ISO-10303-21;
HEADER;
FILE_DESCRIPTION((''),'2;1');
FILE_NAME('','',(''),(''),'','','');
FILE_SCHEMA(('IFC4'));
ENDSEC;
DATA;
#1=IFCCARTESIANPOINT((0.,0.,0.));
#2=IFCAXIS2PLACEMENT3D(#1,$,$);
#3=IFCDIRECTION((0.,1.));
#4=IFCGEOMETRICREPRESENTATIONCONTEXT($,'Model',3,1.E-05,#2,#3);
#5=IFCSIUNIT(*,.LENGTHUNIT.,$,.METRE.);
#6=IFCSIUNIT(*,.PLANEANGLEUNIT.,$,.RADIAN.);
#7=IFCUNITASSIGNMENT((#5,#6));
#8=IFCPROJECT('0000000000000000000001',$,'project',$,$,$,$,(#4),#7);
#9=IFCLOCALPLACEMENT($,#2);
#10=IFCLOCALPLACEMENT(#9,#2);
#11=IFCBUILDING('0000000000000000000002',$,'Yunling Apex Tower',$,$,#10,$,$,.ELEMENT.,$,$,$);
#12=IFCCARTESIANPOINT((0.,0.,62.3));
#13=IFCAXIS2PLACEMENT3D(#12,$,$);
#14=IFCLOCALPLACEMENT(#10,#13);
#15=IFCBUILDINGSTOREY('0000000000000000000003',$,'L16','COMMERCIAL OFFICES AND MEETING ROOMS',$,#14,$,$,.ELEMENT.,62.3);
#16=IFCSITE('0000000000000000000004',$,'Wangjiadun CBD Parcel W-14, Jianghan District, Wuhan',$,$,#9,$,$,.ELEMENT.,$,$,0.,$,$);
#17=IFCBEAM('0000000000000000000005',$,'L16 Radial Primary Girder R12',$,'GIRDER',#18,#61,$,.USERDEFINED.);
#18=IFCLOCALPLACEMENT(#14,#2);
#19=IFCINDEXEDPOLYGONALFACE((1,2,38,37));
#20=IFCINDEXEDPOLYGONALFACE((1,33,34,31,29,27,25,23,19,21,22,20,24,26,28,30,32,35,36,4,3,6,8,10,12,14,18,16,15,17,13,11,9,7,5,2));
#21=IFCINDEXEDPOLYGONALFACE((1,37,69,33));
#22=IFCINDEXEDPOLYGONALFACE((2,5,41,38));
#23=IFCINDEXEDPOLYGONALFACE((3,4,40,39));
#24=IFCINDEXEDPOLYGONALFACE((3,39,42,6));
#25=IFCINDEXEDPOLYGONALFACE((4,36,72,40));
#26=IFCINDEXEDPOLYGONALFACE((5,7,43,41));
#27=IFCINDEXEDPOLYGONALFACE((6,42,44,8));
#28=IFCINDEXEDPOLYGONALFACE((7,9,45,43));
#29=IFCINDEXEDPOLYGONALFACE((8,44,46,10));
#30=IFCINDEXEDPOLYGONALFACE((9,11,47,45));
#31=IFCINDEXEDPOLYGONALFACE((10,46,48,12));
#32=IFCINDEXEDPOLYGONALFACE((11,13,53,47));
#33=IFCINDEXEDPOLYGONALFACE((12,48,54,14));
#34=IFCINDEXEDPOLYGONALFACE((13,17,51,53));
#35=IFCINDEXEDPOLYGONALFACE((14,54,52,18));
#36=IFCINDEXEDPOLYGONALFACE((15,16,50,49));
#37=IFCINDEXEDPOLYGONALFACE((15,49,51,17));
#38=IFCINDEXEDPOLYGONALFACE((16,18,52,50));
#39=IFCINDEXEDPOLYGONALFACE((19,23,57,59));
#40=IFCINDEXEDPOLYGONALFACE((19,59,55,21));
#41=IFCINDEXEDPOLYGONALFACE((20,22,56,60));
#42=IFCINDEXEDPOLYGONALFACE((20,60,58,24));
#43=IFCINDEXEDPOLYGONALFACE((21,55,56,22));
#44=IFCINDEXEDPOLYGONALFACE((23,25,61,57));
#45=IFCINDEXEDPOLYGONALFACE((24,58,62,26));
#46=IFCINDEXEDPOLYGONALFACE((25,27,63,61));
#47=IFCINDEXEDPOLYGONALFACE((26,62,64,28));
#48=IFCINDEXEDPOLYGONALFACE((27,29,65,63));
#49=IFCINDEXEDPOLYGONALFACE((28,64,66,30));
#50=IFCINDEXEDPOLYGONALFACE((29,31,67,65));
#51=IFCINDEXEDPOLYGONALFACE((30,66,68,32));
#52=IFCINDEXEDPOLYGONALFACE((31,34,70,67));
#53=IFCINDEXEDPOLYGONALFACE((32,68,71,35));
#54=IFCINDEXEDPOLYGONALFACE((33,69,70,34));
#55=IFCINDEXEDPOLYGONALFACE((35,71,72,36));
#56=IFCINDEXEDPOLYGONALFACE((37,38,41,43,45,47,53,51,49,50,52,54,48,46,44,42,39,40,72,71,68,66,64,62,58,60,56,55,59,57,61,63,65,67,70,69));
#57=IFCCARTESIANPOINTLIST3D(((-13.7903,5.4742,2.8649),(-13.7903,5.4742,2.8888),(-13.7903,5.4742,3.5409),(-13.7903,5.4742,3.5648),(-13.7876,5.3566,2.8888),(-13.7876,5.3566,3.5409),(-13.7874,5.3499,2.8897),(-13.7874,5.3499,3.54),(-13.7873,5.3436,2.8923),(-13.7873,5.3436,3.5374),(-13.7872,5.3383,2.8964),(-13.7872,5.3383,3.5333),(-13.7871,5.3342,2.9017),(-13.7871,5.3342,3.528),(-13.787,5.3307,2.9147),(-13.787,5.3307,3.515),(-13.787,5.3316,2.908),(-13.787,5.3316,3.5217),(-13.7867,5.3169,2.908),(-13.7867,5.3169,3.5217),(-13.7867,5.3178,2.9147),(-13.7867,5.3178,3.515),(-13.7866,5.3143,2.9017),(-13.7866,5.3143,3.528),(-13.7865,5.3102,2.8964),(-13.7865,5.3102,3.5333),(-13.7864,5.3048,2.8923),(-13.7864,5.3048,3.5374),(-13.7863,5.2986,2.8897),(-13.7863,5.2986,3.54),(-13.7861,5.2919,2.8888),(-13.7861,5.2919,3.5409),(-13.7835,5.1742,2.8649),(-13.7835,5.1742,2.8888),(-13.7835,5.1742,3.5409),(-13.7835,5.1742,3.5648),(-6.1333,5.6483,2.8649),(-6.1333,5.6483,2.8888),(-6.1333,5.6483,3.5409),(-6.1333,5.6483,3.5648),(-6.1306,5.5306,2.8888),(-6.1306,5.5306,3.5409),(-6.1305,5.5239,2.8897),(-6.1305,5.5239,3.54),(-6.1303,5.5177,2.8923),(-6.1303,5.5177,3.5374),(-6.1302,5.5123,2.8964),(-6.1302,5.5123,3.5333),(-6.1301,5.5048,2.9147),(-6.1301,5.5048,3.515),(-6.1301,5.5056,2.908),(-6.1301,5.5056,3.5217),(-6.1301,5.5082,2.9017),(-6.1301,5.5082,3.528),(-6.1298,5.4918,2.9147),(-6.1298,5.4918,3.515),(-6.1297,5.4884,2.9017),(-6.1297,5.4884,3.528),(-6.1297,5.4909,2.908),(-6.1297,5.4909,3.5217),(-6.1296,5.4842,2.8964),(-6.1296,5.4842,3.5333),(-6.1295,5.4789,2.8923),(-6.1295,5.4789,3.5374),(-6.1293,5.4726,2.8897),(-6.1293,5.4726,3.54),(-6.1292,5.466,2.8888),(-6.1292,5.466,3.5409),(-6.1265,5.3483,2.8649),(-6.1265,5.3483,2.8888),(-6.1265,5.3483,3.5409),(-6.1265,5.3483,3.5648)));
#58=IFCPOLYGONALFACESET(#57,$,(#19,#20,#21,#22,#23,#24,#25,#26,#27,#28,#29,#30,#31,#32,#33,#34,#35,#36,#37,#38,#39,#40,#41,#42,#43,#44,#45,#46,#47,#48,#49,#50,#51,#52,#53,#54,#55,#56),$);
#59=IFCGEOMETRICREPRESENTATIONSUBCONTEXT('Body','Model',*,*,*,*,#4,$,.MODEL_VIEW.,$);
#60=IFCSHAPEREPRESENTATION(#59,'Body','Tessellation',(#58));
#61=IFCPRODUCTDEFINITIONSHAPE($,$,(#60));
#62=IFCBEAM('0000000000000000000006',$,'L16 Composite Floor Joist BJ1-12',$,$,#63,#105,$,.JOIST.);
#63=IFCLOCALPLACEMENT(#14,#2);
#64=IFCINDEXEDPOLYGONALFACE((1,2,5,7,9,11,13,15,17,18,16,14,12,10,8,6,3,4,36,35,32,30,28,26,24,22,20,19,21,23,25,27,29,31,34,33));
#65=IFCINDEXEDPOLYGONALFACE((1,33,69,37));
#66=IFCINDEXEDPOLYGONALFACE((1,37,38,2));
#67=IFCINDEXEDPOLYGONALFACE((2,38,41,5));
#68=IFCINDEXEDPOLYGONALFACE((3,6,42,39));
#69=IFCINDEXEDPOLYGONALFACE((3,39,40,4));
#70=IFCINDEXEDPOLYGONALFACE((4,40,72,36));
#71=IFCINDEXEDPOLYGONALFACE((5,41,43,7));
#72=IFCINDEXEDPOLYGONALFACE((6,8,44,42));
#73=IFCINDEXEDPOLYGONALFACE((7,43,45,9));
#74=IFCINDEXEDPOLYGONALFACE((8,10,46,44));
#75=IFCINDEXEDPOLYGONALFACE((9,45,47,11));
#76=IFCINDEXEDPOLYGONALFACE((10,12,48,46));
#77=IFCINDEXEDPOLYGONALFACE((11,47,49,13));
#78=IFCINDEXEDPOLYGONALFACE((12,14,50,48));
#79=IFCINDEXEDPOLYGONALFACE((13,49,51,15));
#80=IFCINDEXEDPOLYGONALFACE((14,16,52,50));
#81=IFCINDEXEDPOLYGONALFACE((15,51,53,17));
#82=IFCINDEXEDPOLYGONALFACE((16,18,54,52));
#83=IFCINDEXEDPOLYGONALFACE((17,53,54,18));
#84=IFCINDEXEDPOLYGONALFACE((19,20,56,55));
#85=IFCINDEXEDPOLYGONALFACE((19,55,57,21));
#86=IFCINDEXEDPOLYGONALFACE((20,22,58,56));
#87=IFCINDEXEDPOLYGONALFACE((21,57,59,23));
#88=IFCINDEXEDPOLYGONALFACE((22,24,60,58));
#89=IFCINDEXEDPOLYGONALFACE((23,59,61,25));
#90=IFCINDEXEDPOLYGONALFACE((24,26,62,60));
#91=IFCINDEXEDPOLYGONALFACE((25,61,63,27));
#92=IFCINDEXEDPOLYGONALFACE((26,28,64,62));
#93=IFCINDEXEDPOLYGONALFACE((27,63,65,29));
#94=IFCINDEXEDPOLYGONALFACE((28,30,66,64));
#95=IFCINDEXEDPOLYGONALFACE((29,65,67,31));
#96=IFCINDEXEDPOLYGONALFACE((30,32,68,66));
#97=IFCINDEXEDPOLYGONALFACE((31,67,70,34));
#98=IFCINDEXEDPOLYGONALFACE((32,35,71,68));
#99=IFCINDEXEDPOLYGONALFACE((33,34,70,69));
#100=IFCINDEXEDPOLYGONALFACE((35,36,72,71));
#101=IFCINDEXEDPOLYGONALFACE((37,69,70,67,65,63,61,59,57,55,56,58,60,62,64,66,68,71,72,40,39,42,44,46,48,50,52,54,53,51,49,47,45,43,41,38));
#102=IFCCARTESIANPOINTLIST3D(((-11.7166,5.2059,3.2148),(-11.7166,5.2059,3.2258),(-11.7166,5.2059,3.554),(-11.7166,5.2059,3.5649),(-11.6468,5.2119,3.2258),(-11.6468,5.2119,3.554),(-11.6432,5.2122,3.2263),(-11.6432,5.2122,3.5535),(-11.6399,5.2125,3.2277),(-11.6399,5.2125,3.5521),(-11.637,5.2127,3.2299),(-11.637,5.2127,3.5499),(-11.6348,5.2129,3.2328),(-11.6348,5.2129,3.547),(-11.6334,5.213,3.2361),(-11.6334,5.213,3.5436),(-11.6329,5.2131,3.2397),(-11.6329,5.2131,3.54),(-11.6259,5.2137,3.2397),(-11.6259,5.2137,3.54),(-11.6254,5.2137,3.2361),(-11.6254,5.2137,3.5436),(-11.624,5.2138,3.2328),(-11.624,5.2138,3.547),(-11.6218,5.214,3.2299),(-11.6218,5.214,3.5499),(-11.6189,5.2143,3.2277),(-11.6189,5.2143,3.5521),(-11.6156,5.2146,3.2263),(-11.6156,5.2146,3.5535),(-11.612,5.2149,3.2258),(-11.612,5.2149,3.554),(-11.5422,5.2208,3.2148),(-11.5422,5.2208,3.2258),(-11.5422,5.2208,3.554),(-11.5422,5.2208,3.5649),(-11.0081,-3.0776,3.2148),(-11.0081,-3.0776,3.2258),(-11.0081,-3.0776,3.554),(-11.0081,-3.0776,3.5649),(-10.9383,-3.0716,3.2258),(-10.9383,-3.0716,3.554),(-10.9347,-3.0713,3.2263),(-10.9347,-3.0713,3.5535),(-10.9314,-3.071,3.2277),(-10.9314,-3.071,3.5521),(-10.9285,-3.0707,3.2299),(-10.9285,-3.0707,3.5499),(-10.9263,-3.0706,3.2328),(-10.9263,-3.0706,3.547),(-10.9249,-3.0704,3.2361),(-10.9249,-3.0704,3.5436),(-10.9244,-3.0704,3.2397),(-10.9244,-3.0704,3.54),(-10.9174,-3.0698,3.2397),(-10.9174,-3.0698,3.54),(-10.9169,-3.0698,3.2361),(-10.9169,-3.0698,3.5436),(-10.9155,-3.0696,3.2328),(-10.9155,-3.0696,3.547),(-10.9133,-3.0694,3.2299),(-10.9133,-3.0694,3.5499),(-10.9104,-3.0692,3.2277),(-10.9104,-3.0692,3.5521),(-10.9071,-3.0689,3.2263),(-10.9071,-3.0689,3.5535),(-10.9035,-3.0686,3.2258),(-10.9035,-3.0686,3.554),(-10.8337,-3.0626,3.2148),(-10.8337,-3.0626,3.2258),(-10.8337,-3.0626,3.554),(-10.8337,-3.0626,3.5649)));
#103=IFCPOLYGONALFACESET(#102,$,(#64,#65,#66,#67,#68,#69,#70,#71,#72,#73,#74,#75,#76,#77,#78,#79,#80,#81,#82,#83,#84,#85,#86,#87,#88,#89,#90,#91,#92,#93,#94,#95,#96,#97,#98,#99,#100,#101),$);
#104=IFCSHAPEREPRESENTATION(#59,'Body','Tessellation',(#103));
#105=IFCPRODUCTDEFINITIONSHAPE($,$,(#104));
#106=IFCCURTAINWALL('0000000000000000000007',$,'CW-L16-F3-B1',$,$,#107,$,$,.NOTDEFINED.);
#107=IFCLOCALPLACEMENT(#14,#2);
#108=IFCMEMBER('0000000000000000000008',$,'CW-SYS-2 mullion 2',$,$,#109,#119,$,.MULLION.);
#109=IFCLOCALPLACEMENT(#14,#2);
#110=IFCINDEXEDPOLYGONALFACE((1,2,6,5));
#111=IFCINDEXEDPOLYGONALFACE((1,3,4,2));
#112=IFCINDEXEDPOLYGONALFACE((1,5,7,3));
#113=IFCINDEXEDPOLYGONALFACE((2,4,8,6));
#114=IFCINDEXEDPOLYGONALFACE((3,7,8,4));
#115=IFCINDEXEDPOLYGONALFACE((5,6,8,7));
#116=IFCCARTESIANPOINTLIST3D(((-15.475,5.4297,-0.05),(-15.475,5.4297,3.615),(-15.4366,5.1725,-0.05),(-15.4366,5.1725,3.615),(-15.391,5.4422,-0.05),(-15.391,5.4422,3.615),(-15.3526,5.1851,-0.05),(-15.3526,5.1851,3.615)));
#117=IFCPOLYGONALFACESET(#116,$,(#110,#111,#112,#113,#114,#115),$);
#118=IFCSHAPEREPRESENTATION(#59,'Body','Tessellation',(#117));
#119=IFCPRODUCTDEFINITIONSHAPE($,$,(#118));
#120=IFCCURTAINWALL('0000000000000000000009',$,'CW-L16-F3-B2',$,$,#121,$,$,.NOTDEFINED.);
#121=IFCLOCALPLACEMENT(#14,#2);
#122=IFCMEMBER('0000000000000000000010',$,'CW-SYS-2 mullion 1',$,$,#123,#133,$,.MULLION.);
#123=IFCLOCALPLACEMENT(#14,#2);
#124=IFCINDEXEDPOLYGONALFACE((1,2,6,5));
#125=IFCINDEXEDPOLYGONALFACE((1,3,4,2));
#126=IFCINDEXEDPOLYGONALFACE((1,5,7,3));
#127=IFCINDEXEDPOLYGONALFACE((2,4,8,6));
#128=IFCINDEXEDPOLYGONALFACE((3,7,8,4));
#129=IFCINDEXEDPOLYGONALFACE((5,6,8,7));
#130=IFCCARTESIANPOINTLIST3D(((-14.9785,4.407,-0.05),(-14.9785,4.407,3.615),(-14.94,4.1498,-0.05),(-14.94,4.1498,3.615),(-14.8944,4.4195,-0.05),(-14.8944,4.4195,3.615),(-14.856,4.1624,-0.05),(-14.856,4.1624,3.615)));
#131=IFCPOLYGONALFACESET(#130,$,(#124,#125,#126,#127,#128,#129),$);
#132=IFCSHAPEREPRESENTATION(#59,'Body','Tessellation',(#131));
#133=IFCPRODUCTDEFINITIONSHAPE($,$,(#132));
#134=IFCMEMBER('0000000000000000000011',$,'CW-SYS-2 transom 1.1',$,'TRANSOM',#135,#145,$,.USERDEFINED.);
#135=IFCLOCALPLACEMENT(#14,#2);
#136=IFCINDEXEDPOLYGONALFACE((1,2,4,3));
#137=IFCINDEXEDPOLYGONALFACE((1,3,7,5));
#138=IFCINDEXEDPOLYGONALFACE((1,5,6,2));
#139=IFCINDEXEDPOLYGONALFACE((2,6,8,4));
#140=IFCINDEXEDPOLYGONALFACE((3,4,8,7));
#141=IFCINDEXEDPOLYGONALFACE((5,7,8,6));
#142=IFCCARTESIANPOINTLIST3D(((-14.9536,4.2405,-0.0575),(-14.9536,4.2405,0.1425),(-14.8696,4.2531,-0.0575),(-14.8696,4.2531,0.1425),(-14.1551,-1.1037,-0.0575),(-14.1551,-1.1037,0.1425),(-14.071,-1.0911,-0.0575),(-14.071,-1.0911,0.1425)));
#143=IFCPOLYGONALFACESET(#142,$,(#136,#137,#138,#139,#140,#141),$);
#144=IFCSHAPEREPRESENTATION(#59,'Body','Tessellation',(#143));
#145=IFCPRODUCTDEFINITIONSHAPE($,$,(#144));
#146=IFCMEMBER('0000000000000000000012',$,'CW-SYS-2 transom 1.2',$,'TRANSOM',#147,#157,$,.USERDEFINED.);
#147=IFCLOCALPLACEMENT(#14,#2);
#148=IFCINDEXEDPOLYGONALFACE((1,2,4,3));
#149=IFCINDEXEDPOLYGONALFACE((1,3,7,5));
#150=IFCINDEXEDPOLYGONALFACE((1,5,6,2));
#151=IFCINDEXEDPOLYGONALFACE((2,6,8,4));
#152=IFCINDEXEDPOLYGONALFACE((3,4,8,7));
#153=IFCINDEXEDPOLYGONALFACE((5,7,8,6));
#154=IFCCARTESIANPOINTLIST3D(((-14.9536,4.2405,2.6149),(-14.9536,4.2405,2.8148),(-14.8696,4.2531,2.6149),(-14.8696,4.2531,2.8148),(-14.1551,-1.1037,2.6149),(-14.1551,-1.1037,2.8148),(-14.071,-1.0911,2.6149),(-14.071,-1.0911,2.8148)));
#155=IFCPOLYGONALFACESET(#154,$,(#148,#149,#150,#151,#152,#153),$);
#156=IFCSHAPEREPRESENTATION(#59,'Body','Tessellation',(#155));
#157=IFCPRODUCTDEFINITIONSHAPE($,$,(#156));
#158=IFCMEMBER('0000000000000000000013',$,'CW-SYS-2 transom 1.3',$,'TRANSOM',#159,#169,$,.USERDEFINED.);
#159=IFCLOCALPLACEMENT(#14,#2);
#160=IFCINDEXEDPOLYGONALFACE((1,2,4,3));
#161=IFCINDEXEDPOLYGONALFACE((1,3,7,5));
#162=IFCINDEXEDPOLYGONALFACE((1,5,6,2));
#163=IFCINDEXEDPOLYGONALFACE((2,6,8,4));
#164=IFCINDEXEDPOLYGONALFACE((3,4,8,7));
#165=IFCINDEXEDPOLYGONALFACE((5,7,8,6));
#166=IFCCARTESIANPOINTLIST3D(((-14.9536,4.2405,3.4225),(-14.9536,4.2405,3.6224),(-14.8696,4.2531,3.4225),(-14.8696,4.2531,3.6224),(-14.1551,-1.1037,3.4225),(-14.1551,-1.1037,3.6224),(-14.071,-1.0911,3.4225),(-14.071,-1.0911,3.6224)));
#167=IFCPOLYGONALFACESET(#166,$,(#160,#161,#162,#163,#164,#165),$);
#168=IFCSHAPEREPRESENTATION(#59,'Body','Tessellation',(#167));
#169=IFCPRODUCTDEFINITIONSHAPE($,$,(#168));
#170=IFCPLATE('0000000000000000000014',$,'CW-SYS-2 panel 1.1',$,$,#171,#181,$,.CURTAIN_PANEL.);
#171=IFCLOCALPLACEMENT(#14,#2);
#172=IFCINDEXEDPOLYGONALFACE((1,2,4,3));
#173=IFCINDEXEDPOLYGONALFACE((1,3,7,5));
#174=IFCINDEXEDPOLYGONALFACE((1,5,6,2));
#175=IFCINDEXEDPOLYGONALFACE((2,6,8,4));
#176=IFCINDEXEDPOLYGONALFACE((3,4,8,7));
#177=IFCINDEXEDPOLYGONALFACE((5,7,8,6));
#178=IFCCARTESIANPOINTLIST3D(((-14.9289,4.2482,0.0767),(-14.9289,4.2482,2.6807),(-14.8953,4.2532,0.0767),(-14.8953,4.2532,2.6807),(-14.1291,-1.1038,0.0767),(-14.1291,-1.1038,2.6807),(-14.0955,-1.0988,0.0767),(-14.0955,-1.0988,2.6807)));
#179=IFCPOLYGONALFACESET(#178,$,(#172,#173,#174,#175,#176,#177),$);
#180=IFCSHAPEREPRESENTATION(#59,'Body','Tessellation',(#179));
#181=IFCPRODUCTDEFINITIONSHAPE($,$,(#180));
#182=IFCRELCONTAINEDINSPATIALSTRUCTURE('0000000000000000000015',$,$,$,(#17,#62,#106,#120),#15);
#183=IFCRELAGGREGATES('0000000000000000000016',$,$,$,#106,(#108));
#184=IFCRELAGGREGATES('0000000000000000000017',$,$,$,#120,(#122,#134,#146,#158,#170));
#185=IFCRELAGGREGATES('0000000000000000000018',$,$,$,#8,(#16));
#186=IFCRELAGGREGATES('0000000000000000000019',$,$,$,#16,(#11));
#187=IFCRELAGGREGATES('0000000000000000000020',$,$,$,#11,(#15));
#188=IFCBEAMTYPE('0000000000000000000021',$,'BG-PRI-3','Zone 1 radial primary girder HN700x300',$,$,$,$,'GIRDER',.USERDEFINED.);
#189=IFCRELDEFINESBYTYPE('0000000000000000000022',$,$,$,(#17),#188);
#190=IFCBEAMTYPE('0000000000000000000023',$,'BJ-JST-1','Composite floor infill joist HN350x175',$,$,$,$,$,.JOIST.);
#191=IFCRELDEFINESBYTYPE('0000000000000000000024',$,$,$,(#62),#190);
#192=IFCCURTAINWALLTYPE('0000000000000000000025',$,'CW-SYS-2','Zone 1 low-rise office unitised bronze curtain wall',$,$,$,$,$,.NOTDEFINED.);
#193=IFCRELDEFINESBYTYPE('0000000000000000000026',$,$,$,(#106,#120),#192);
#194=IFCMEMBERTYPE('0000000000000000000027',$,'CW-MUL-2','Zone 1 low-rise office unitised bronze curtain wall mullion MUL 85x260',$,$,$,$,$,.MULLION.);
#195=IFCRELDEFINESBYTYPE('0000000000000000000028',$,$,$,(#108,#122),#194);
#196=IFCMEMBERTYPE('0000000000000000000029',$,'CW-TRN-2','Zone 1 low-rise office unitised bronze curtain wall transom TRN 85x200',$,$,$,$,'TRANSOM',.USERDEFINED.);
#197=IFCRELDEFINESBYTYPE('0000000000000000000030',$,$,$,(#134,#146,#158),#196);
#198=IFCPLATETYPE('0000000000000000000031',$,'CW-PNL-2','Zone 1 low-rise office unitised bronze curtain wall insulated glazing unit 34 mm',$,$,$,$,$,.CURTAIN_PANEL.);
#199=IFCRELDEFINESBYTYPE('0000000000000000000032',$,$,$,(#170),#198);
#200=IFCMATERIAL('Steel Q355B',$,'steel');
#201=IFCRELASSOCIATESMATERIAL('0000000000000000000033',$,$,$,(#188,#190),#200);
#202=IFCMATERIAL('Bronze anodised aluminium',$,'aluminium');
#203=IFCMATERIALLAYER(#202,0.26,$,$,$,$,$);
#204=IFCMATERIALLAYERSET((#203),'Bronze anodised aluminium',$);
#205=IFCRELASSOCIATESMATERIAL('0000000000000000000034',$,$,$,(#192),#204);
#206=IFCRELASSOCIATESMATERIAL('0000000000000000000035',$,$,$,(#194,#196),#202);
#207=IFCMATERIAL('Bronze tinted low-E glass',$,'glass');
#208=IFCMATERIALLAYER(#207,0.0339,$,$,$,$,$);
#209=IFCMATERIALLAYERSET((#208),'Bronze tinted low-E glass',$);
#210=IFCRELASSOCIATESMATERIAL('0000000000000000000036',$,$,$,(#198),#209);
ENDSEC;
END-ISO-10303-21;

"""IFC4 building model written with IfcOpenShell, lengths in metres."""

from ifc_helpers import new_model, si_unit, direction, frame, origin, origin_2d, place, context, subcontext, project, spatial, rectangle, i_section, extrude, source, transform, mapped, material, layer, layer_set, material_profile, profile_set, type_object, element, aggregate, save


model = new_model("IFC4")

# Units and contexts
model_context = context("Model", 3, precision=1e-05, world=origin(), true_north=direction((0.0, 1.0)))
body_context = subcontext(model_context, "Body", "Model", "MODEL_VIEW")
ifc_project = project(units=[si_unit("LENGTHUNIT", "METRE"), si_unit("PLANEANGLEUNIT", "RADIAN")], contexts=[model_context])

# Site, building, storey
site_placement = place(None, origin())
site = spatial("IfcSite", under=ifc_project, at=site_placement, Name="Wangjiadun CBD Parcel W-14, Jianghan District, Wuhan", CompositionType="ELEMENT", RefElevation=0.0)
building_placement = place(site_placement, origin())
building = spatial("IfcBuilding", under=site, at=building_placement, Name="Yunling Apex Tower", CompositionType="ELEMENT")
storey_placement = place(building_placement, frame((0.0, 0.0, 62.3)))
storey = spatial("IfcBuildingStorey", under=building, at=storey_placement, Name="L16", Description="COMMERCIAL OFFICES AND MEETING ROOMS", CompositionType="ELEMENT", Elevation=62.3)

# Beams
ifc_material_1 = material(Name="Steel Q355B", Category="steel")
ifc_material_profile_1 = material_profile(ifc_material_1, i_section(OverallWidth=0.3, OverallDepth=0.7, WebThickness=0.0129, FlangeThickness=0.0239, FilletRadius=0.0259, at=origin_2d()))
ifc_profile_set_1 = profile_set([ifc_material_profile_1], Name="Steel Q355B")
beam_type_1 = type_object("IfcBeamType", Name="BG-PRI-3", Description="Zone 1 radial primary girder HN700x300", ElementType="GIRDER", PredefinedType="USERDEFINED", material=ifc_profile_set_1)
shared_shape_1 = source(origin(), body_context, "Body", "SweptSolid", [
    extrude(i_section(OverallWidth=0.3, OverallDepth=0.7, WebThickness=0.0129, FlangeThickness=0.0239, FilletRadius=0.0259, at=origin_2d()), origin(), (0.0, 0.0, 1.0), 7.6589),
])
beam_1_placement = place(storey_placement, frame((-13.7869, 5.3242, 3.2148), z_axis=(0.999742, 0.022728, 0.0), x_axis=(-0.022728, 0.999742, 0.0)))
element("IfcBeam", 1, at=beam_1_placement, inside=storey, type_object=beam_type_1, Name="L16 Radial Primary Girder R12", ObjectType="GIRDER", PredefinedType="USERDEFINED", context=body_context, shape_type="MappedRepresentation", body=[
    mapped(shared_shape_1, transform((0.0, 0.0, 0.0), scale=1.0)),
])
ifc_material_profile_2 = material_profile(ifc_material_1, i_section(OverallWidth=0.175, OverallDepth=0.3501, WebThickness=0.0071, FlangeThickness=0.011, FilletRadius=0.0139, at=origin_2d()))
ifc_profile_set_2 = profile_set([ifc_material_profile_2], Name="Steel Q355B")
beam_type_2 = type_object("IfcBeamType", Name="BJ-JST-1", Description="Composite floor infill joist HN350x175", PredefinedType="JOIST", material=ifc_profile_set_2)
shared_shape_2 = source(origin(), body_context, "Body", "SweptSolid", [
    extrude(i_section(OverallWidth=0.175, OverallDepth=0.3501, WebThickness=0.0071, FlangeThickness=0.011, FilletRadius=0.0139, at=origin_2d()), origin(), (0.0, 0.0, 1.0), 8.3137),
])
beam_2_placement = place(storey_placement, frame((-11.6294, 5.2134, 3.3899), z_axis=(0.08522, -0.996362, 0.0), x_axis=(0.996362, 0.08522, 0.0)))
element("IfcBeam", 2, at=beam_2_placement, inside=storey, type_object=beam_type_2, Name="L16 Composite Floor Joist BJ1-12", PredefinedType="JOIST", context=body_context, shape_type="MappedRepresentation", body=[
    mapped(shared_shape_2, transform((0.0, 0.0, 0.0), scale=1.0)),
])

# Curtain wall, member
ifc_material_2 = material(Name="Bronze anodised aluminium", Category="aluminium")
ifc_layer_1 = layer(ifc_material_2, 0.26)
ifc_layer_set_1 = layer_set([ifc_layer_1], Name="Bronze anodised aluminium")
curtain_wall_type = type_object("IfcCurtainWallType", Name="CW-SYS-2", Description="Zone 1 low-rise office unitised bronze curtain wall", PredefinedType="NOTDEFINED", material=ifc_layer_set_1)
curtain_wall_1_placement = place(storey_placement, origin())
curtain_wall_1 = element("IfcCurtainWall", 3, at=curtain_wall_1_placement, inside=storey, type_object=curtain_wall_type, Name="CW-L16-F3-B1", PredefinedType="NOTDEFINED")
ifc_material_profile_3 = material_profile(ifc_material_2, rectangle(XDim=0.085, YDim=0.26, at=origin_2d()))
ifc_profile_set_3 = profile_set([ifc_material_profile_3], Name="Bronze anodised aluminium")
member_type_1 = type_object("IfcMemberType", Name="CW-MUL-2", Description="Zone 1 low-rise office unitised bronze curtain wall mullion MUL 85x260", PredefinedType="MULLION", material=ifc_profile_set_3)
shared_shape_3 = source(origin(), body_context, "Body", "SweptSolid", [
    extrude(rectangle(XDim=0.085, YDim=0.26, at=origin_2d()), origin(), (0.0, 0.0, 1.0), 3.665),
])
member_1_placement = place(storey_placement, frame((-15.4138, 5.3074, -0.05), z_axis=(0.0, 0.0, 1.0), x_axis=(0.989017, 0.147799, 0.0)))
member_1 = element("IfcMember", 4, at=member_1_placement, type_object=member_type_1, Name="CW-SYS-2 mullion 2", PredefinedType="MULLION", context=body_context, shape_type="MappedRepresentation", body=[
    mapped(shared_shape_3, transform((0.0, 0.0, 0.0), scale=1.0)),
])
aggregate(curtain_wall_1, [member_1])

# Curtain wall, members, plate
curtain_wall_2_placement = place(storey_placement, origin())
curtain_wall_2 = element("IfcCurtainWall", 5, at=curtain_wall_2_placement, inside=storey, type_object=curtain_wall_type, Name="CW-L16-F3-B2", PredefinedType="NOTDEFINED")
member_2_placement = place(storey_placement, frame((-14.9172, 4.2847, -0.05), z_axis=(0.0, 0.0, 1.0), x_axis=(0.989017, 0.147801, 0.0)))
member_2 = element("IfcMember", 6, at=member_2_placement, type_object=member_type_1, Name="CW-SYS-2 mullion 1", PredefinedType="MULLION", context=body_context, shape_type="MappedRepresentation", body=[
    mapped(shared_shape_3, transform((0.0, 0.0, 0.0), scale=1.0)),
])
ifc_material_profile_4 = material_profile(ifc_material_2, rectangle(XDim=0.085, YDim=0.2, at=origin_2d()))
ifc_profile_set_4 = profile_set([ifc_material_profile_4], Name="Bronze anodised aluminium")
member_type_2 = type_object("IfcMemberType", Name="CW-TRN-2", Description="Zone 1 low-rise office unitised bronze curtain wall transom TRN 85x200", ElementType="TRANSOM", PredefinedType="USERDEFINED", material=ifc_profile_set_4)
shared_shape_4 = source(origin(), body_context, "Body", "SweptSolid", [
    extrude(rectangle(XDim=0.085, YDim=0.2, at=origin_2d()), origin(), (0.0, 0.0, 1.0), 5.4036),
])
member_3_placement = place(storey_placement, frame((-14.9116, 4.2468, 0.0425), z_axis=(0.147788, -0.989019, 0.0), x_axis=(0.989019, 0.147788, 0.0)))
member_3 = element("IfcMember", 7, at=member_3_placement, type_object=member_type_2, Name="CW-SYS-2 transom 1.1", ObjectType="TRANSOM", PredefinedType="USERDEFINED", context=body_context, shape_type="MappedRepresentation", body=[
    mapped(shared_shape_4, transform((0.0, 0.0, 0.0), scale=1.0)),
])
member_4_placement = place(storey_placement, frame((-14.9116, 4.2468, 2.7148), z_axis=(0.147788, -0.989019, 0.0), x_axis=(0.989019, 0.147788, 0.0)))
member_4 = element("IfcMember", 8, at=member_4_placement, type_object=member_type_2, Name="CW-SYS-2 transom 1.2", ObjectType="TRANSOM", PredefinedType="USERDEFINED", context=body_context, shape_type="MappedRepresentation", body=[
    mapped(shared_shape_4, transform((0.0, 0.0, 0.0), scale=1.0)),
])
member_5_placement = place(storey_placement, frame((-14.9116, 4.2468, 3.5225), z_axis=(0.147788, -0.989019, 0.0), x_axis=(0.989019, 0.147788, 0.0)))
member_5 = element("IfcMember", 9, at=member_5_placement, type_object=member_type_2, Name="CW-SYS-2 transom 1.3", ObjectType="TRANSOM", PredefinedType="USERDEFINED", context=body_context, shape_type="MappedRepresentation", body=[
    mapped(shared_shape_4, transform((0.0, 0.0, 0.0), scale=1.0)),
])
ifc_material_3 = material(Name="Bronze tinted low-E glass", Category="glass")
ifc_layer_2 = layer(ifc_material_3, 0.0339)
ifc_layer_set_2 = layer_set([ifc_layer_2], Name="Bronze tinted low-E glass")
plate_type = type_object("IfcPlateType", Name="CW-PNL-2", Description="Zone 1 low-rise office unitised bronze curtain wall insulated glazing unit 34 mm", PredefinedType="CURTAIN_PANEL", material=ifc_layer_set_2)
shared_shape_5 = source(origin(), body_context, "Body", "SweptSolid", [
    extrude(rectangle(XDim=5.4114, YDim=0.0339, at=origin_2d()), origin(), (0.0, 0.0, 1.0), 2.604),
])
plate_1_placement = place(storey_placement, frame((-14.5122, 1.5747, 0.0767), z_axis=(0.0, 0.0, 1.0), x_axis=(0.147801, -0.989017, 0.0)))
plate_1 = element("IfcPlate", 10, at=plate_1_placement, type_object=plate_type, Name="CW-SYS-2 panel 1.1", PredefinedType="CURTAIN_PANEL", context=body_context, shape_type="MappedRepresentation", body=[
    mapped(shared_shape_5, transform((0.0, 0.0, 0.0), scale=1.0)),
])
aggregate(curtain_wall_2, [member_2, member_3, member_4, member_5, plate_1])

save(model, "model.ifc")
